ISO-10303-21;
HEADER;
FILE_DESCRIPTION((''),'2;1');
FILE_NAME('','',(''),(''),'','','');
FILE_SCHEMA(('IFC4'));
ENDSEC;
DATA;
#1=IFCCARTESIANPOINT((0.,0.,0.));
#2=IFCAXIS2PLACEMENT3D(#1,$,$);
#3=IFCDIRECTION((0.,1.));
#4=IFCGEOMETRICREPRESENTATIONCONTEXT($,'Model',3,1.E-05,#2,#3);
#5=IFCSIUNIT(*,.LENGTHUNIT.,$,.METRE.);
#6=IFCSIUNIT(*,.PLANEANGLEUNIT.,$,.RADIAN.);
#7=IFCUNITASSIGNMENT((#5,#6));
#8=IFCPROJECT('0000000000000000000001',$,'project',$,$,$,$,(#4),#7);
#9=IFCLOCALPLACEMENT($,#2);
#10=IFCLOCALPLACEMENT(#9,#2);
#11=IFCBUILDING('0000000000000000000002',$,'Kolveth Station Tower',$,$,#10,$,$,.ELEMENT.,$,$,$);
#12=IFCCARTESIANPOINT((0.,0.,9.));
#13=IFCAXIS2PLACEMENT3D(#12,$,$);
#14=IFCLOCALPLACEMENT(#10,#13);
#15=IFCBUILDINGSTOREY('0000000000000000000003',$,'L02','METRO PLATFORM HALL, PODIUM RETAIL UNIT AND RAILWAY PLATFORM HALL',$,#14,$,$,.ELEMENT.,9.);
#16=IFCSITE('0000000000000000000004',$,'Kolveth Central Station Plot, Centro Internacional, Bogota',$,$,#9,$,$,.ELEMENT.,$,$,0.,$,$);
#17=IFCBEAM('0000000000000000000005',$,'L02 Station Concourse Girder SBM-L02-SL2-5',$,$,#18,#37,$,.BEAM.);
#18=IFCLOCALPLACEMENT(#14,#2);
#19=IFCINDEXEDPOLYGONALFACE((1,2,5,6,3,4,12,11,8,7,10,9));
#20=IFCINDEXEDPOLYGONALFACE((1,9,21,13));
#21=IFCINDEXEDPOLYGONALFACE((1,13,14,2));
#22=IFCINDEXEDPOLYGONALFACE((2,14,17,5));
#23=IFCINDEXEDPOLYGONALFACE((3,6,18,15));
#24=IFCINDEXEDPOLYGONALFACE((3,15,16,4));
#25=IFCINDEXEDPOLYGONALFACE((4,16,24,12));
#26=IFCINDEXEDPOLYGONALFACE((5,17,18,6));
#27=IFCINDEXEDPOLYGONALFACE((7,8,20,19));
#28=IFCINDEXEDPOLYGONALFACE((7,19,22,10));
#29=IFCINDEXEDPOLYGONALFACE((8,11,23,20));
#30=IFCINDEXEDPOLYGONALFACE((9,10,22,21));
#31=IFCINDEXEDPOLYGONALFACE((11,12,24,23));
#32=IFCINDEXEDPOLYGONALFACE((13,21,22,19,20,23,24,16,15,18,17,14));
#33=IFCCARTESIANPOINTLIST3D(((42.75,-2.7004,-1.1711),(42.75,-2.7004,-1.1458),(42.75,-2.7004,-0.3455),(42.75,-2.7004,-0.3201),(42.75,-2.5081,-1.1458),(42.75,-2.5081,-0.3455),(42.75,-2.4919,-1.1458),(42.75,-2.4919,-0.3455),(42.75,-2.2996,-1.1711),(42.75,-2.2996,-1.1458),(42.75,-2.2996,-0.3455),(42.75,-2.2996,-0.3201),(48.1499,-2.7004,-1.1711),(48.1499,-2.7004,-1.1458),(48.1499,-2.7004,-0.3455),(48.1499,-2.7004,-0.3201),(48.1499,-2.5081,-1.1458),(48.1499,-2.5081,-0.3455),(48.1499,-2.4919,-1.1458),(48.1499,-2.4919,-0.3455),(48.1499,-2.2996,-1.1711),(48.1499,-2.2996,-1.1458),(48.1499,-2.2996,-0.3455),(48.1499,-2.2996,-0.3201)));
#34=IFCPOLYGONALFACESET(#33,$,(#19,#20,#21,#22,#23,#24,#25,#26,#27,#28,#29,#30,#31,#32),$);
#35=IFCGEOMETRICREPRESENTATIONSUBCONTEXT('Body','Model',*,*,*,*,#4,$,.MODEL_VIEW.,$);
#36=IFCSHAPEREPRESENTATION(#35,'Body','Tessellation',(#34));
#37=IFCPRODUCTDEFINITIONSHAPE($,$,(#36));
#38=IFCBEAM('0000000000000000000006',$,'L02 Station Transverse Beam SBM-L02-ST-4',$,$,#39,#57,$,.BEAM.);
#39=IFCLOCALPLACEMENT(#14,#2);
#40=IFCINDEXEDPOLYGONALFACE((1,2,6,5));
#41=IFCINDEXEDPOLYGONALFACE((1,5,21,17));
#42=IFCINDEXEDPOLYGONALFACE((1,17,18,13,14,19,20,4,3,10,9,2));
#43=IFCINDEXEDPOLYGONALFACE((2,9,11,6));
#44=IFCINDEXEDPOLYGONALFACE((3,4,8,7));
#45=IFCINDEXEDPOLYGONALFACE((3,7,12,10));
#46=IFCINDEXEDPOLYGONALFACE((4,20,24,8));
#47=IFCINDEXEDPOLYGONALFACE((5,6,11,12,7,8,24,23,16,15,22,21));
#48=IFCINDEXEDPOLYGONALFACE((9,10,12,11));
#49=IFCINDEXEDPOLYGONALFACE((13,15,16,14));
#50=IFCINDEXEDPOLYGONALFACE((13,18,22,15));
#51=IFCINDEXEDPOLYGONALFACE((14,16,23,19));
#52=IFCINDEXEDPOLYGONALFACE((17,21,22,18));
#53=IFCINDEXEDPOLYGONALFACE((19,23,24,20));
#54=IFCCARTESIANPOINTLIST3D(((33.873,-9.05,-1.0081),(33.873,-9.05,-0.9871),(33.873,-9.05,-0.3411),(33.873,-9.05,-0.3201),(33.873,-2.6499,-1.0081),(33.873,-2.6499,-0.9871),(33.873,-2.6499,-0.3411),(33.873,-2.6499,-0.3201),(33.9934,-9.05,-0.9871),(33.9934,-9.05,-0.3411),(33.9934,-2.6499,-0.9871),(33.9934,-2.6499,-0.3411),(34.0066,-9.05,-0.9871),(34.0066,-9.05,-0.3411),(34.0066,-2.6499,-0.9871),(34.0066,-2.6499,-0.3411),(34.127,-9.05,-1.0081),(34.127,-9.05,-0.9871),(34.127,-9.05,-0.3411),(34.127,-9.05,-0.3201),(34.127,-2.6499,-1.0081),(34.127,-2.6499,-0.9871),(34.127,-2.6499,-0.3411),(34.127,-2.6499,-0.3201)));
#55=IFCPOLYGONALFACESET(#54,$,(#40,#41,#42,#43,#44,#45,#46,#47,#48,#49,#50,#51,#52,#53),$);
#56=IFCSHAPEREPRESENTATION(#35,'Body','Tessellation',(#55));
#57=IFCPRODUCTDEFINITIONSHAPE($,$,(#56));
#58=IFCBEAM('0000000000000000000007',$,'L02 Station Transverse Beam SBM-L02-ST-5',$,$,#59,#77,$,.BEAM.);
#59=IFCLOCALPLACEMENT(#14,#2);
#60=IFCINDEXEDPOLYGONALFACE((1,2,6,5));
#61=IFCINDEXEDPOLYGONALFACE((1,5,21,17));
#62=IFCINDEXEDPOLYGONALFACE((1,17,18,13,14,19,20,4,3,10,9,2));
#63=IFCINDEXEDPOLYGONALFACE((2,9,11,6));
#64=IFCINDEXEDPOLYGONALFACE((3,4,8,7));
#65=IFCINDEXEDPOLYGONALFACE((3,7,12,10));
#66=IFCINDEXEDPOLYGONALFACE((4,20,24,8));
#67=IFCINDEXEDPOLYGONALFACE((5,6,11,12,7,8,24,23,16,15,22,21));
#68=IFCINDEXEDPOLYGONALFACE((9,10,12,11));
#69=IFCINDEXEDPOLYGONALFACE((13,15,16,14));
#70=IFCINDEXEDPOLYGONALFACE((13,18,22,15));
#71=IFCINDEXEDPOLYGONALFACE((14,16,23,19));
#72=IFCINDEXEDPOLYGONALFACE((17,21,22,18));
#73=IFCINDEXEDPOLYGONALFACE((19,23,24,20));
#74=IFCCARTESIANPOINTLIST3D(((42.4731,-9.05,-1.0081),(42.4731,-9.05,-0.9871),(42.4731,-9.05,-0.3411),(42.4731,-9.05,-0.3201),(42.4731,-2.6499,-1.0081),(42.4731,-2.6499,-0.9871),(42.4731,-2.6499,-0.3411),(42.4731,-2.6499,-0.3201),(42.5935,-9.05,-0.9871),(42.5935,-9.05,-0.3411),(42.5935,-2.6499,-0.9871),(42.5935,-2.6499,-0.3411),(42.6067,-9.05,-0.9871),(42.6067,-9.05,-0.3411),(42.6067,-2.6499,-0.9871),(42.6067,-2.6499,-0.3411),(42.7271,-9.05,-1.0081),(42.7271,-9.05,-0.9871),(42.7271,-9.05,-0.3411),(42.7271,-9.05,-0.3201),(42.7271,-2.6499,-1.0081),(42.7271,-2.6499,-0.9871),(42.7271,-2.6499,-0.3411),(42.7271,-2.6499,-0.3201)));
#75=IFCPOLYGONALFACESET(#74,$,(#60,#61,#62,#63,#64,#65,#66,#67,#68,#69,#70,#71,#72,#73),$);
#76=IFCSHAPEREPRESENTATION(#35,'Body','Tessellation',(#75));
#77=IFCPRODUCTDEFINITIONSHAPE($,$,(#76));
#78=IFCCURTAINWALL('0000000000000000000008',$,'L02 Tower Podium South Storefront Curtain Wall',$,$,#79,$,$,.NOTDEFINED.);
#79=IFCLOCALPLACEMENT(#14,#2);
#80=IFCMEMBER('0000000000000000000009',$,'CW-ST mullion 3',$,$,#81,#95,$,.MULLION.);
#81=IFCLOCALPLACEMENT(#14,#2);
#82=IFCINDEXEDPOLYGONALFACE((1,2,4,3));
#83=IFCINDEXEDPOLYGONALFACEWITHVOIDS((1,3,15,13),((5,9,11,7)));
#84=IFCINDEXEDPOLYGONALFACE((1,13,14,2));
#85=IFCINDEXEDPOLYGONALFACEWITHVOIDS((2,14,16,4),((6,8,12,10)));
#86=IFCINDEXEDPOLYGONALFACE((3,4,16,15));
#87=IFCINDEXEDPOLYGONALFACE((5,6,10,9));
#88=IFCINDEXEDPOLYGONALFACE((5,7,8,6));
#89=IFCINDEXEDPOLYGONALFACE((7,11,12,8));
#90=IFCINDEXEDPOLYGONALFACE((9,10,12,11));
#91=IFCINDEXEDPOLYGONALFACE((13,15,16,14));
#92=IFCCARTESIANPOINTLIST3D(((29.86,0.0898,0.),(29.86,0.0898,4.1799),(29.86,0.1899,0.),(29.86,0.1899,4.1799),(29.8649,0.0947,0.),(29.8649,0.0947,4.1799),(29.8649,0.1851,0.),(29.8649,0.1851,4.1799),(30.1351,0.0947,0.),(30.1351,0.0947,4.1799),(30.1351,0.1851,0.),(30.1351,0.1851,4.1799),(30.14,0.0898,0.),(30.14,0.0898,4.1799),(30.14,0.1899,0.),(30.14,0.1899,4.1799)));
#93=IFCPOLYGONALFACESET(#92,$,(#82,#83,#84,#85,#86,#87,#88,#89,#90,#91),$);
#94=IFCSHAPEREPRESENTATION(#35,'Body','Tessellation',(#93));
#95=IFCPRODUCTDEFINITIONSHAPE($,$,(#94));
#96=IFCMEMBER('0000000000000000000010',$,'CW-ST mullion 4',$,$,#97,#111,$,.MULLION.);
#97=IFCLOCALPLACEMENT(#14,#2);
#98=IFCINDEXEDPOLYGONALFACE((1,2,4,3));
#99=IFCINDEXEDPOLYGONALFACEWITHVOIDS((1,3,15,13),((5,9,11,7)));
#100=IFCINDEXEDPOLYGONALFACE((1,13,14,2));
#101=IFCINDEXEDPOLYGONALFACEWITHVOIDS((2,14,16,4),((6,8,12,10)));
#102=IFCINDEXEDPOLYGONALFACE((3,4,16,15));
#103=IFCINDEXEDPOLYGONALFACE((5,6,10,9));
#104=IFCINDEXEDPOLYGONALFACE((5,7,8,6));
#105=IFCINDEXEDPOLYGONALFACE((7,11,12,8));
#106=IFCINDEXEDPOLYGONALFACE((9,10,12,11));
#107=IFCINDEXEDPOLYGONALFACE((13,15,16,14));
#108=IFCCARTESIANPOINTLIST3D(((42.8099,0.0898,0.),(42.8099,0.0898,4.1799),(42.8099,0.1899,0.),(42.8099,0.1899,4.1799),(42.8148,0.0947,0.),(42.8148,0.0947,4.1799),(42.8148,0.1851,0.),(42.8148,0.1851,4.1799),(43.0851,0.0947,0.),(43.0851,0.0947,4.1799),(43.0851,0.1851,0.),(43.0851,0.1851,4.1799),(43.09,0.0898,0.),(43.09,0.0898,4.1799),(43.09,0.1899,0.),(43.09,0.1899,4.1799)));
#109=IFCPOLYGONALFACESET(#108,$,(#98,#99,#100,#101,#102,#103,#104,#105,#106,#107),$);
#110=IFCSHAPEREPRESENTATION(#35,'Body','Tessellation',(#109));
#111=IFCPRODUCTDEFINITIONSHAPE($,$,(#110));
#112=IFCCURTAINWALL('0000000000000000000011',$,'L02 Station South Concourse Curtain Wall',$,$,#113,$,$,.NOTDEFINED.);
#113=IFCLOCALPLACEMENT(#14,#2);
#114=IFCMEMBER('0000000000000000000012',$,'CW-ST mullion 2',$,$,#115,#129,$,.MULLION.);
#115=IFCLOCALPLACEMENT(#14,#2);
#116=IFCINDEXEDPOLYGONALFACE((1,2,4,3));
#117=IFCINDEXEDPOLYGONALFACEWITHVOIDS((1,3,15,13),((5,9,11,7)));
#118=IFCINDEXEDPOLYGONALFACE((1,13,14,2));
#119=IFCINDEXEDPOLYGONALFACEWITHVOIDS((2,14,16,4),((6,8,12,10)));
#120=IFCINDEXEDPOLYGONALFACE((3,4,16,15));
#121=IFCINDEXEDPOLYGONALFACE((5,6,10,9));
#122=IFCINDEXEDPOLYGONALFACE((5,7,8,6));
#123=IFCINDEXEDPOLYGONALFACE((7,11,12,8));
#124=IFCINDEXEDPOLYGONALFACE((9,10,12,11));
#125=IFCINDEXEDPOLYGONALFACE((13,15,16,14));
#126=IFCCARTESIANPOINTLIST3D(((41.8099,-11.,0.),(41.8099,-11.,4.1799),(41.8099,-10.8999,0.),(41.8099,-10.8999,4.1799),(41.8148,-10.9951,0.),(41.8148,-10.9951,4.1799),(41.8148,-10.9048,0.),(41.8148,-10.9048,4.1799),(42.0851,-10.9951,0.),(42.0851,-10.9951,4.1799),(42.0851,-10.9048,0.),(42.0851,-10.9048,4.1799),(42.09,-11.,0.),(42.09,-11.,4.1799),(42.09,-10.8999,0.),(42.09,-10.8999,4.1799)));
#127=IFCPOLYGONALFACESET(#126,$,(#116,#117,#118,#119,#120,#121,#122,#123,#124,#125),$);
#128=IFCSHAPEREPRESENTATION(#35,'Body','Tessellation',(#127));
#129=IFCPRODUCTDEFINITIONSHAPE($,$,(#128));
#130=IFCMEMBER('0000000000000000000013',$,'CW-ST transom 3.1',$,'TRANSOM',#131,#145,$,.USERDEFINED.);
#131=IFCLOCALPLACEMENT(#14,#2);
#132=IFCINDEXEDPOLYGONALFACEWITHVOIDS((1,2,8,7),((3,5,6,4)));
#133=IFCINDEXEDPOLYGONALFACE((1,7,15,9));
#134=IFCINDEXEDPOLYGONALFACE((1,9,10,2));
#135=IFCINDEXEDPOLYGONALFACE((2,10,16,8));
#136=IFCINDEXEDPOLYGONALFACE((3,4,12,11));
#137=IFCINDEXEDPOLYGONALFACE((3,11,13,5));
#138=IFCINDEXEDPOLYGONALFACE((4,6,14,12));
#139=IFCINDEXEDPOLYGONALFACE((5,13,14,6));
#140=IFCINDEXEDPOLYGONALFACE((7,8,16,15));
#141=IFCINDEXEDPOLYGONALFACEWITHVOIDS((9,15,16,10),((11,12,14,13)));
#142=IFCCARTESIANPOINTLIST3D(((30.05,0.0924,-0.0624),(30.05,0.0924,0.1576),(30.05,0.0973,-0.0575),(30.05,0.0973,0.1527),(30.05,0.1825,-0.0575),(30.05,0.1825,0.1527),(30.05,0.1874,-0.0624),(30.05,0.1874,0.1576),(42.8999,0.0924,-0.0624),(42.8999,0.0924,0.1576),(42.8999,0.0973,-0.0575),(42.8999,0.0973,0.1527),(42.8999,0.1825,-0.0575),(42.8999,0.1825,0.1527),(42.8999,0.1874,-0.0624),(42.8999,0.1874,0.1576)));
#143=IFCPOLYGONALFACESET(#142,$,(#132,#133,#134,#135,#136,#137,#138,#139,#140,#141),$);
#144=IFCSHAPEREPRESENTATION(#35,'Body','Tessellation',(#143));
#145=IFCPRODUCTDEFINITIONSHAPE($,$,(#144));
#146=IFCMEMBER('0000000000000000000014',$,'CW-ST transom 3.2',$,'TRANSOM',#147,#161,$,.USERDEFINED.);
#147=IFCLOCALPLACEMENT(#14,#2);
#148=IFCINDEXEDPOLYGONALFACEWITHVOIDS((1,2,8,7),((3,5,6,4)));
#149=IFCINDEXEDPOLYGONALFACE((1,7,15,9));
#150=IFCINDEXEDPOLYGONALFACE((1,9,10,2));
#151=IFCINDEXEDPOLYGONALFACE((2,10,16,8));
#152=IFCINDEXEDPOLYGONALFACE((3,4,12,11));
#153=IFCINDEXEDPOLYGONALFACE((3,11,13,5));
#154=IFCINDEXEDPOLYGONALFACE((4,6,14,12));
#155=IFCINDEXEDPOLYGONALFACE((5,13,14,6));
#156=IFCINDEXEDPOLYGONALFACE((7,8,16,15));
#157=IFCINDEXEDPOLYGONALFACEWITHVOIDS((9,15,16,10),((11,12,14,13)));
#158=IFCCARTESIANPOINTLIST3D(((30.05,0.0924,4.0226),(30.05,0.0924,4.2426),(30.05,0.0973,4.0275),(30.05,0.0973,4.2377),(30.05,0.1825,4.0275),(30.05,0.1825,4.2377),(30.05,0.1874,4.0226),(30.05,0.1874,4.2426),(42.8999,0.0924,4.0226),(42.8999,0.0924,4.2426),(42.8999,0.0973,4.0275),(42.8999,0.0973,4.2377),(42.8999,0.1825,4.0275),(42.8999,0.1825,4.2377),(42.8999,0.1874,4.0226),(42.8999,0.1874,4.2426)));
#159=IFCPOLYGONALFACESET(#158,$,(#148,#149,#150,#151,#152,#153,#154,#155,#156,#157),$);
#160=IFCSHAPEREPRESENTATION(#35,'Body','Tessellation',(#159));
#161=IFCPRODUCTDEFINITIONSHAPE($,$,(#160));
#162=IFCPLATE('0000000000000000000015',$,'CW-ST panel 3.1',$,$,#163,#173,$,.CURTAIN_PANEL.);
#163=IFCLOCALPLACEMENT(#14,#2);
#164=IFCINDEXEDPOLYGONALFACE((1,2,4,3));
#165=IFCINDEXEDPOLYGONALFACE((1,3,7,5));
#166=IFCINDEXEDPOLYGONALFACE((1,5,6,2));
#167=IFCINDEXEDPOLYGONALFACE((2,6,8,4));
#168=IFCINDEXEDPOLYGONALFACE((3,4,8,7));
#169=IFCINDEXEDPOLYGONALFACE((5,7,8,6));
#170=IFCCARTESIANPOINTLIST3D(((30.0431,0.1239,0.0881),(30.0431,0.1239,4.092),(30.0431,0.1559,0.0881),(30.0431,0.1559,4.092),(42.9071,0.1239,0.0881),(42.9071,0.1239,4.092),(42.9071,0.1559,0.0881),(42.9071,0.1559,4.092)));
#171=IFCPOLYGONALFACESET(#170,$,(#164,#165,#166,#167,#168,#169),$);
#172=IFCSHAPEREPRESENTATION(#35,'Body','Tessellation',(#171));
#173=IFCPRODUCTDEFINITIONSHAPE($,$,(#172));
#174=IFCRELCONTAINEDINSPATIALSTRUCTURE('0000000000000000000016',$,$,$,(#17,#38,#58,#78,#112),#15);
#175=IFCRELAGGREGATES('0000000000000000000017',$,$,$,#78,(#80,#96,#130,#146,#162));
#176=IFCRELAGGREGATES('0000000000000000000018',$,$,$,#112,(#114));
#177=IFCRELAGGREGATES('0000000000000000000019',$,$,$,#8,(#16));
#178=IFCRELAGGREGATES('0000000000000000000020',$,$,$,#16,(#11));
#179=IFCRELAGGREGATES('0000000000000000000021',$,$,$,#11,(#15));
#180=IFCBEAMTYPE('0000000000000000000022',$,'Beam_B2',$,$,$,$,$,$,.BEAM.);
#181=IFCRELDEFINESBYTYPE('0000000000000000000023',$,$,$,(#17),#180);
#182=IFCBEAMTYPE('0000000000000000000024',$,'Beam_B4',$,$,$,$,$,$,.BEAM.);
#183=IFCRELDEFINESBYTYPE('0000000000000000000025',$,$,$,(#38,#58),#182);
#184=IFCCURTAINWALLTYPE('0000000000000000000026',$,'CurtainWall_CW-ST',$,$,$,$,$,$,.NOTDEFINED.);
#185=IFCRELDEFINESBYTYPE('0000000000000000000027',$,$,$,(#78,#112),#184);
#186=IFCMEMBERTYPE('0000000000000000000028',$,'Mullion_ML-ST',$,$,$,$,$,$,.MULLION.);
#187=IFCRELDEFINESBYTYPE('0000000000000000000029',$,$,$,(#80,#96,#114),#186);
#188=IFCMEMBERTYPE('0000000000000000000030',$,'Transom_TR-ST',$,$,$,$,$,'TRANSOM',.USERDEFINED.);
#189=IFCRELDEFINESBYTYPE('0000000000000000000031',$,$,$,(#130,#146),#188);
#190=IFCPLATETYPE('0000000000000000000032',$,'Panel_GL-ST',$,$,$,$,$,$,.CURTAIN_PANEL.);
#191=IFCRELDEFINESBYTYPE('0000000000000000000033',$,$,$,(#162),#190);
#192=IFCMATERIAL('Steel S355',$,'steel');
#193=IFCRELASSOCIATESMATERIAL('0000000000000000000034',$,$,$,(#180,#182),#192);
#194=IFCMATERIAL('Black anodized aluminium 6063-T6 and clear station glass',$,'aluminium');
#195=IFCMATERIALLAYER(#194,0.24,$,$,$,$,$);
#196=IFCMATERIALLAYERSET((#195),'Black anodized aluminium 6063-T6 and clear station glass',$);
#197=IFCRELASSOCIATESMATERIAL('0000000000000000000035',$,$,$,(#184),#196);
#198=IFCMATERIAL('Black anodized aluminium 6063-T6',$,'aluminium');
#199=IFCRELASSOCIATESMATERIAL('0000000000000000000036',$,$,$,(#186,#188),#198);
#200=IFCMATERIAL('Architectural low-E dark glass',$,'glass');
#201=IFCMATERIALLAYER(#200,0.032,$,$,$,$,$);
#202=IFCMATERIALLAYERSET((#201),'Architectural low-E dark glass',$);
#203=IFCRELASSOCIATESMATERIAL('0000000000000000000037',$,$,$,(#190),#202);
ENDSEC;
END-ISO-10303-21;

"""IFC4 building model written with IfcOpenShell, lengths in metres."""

from ifc_helpers import new_model, si_unit, direction, frame, origin, origin_2d, place, context, subcontext, project, spatial, rectangle, hollow_rectangle, i_section, extrude, source, transform, mapped, material, layer, layer_set, material_profile, profile_set, type_object, element, aggregate, save


model = new_model("IFC4")

# Units and contexts
model_context = context("Model", 3, precision=1e-05, world=origin(), true_north=direction((0.0, 1.0)))
body_context = subcontext(model_context, "Body", "Model", "MODEL_VIEW")
ifc_project = project(units=[si_unit("LENGTHUNIT", "METRE"), si_unit("PLANEANGLEUNIT", "RADIAN")], contexts=[model_context])

# Site, building, storey
site_placement = place(None, origin())
site = spatial("IfcSite", under=ifc_project, at=site_placement, Name="Kolveth Central Station Plot, Centro Internacional, Bogota", CompositionType="ELEMENT", RefElevation=0.0)
building_placement = place(site_placement, origin())
building = spatial("IfcBuilding", under=site, at=building_placement, Name="Kolveth Station Tower", CompositionType="ELEMENT")
storey_placement = place(building_placement, frame((0.0, 0.0, 9.0)))
storey = spatial("IfcBuildingStorey", under=building, at=storey_placement, Name="L02", Description="METRO PLATFORM HALL, PODIUM RETAIL UNIT AND RAILWAY PLATFORM HALL", CompositionType="ELEMENT", Elevation=9.0)

# Shared definitions
ifc_material_1 = material(Name="Steel S355", Category="steel")

# Beams
ifc_material_profile_1 = material_profile(ifc_material_1, i_section(OverallWidth=0.4009, OverallDepth=0.8511, WebThickness=0.0161, FlangeThickness=0.0254, at=origin_2d()), Name="W840x226")
ifc_profile_set_1 = profile_set([ifc_material_profile_1], Name="Steel S355")
beam_type_1 = type_object("IfcBeamType", Name="Beam_B2", PredefinedType="BEAM", material=ifc_profile_set_1)
shared_shape_1 = source(origin(), body_context, "Body", "SweptSolid", [
    extrude(i_section(OverallWidth=0.4009, OverallDepth=0.8511, WebThickness=0.0161, FlangeThickness=0.0254, at=origin_2d()), origin(), (0.0, 0.0, 1.0), 5.3999),
])
for number, where, z_axis, x_axis, name in (
    (1, (42.75, -2.5, -0.7456), (1.0, 0.0, 0.0), (0.0, 1.0, 0.0), "L02 Station Concourse Girder SBM-L02-SL2-5"),
):
    element("IfcBeam", number, at=place(storey_placement, frame(where, z_axis=z_axis, x_axis=x_axis)), inside=storey, type_object=beam_type_1, Name=name, PredefinedType="BEAM", context=body_context, shape_type="MappedRepresentation", body=[
        mapped(shared_shape_1, transform((0.0, 0.0, 0.0), x_axis=(1.0, 0.0, 0.0), y_axis=(0.0, 1.0, 0.0), z_axis=(0.0, 0.0, 1.0), scale=1.0)),
    ])
ifc_material_profile_2 = material_profile(ifc_material_1, i_section(OverallWidth=0.2539, OverallDepth=0.688, WebThickness=0.0132, FlangeThickness=0.021, at=origin_2d()), Name="W690x152")
ifc_profile_set_2 = profile_set([ifc_material_profile_2], Name="Steel S355")
beam_type_2 = type_object("IfcBeamType", Name="Beam_B4", PredefinedType="BEAM", material=ifc_profile_set_2)
shared_shape_2 = source(origin(), body_context, "Body", "SweptSolid", [
    extrude(i_section(OverallWidth=0.2539, OverallDepth=0.688, WebThickness=0.0132, FlangeThickness=0.021, at=origin_2d()), origin(), (0.0, 0.0, 1.0), 6.4001),
])
for number, where, z_axis, x_axis, name in (
    (2, (34.0, -9.05, -0.6641), (0.0, 1.0, 0.0), (-1.0, 0.0, 0.0), "L02 Station Transverse Beam SBM-L02-ST-4"),
    (3, (42.6001, -9.05, -0.6641), (0.0, 1.0, 0.0), (-1.0, 0.0, 0.0), "L02 Station Transverse Beam SBM-L02-ST-5"),
):
    element("IfcBeam", number, at=place(storey_placement, frame(where, z_axis=z_axis, x_axis=x_axis)), inside=storey, type_object=beam_type_2, Name=name, PredefinedType="BEAM", context=body_context, shape_type="MappedRepresentation", body=[
        mapped(shared_shape_2, transform((0.0, 0.0, 0.0), x_axis=(1.0, 0.0, 0.0), y_axis=(0.0, 1.0, 0.0), z_axis=(0.0, 0.0, 1.0), scale=1.0)),
    ])

# Curtain wall, members
ifc_material_2 = material(Name="Black anodized aluminium 6063-T6 and clear station glass", Category="aluminium")
ifc_layer_1 = layer(ifc_material_2, 0.24)
ifc_layer_set_1 = layer_set([ifc_layer_1], Name="Black anodized aluminium 6063-T6 and clear station glass")
curtain_wall_type = type_object("IfcCurtainWallType", Name="CurtainWall_CW-ST", PredefinedType="NOTDEFINED", material=ifc_layer_set_1)
curtain_wall_1_placement = place(storey_placement, origin())
curtain_wall_1 = element("IfcCurtainWall", 4, at=curtain_wall_1_placement, inside=storey, type_object=curtain_wall_type, Name="L02 Tower Podium South Storefront Curtain Wall", PredefinedType="NOTDEFINED")
ifc_material_3 = material(Name="Black anodized aluminium 6063-T6", Category="aluminium")
ifc_material_profile_3 = material_profile(ifc_material_3, hollow_rectangle(XDim=0.1001, YDim=0.28, WallThickness=0.0049, at=origin_2d()), Name="ALU-100x280x5")
ifc_profile_set_3 = profile_set([ifc_material_profile_3], Name="Black anodized aluminium 6063-T6")
member_type_1 = type_object("IfcMemberType", Name="Mullion_ML-ST", PredefinedType="MULLION", material=ifc_profile_set_3)
shared_shape_3 = source(origin(), body_context, "Body", "SweptSolid", [
    extrude(hollow_rectangle(XDim=0.1001, YDim=0.28, WallThickness=0.0049, at=origin_2d()), origin(), (0.0, 0.0, 1.0), 4.1799),
])
member_1_placement = place(storey_placement, frame((30.0, 0.1399, 0.0), z_axis=(0.0, 0.0, 1.0), x_axis=(0.0, 1.0, 0.0)))
member_1 = element("IfcMember", 5, at=member_1_placement, type_object=member_type_1, Name="CW-ST mullion 3", PredefinedType="MULLION", context=body_context, shape_type="MappedRepresentation", body=[
    mapped(shared_shape_3, transform((0.0, 0.0, 0.0), x_axis=(1.0, 0.0, 0.0), y_axis=(0.0, 1.0, 0.0), z_axis=(0.0, 0.0, 1.0), scale=1.0)),
])
member_2_placement = place(storey_placement, frame((42.95, 0.1399, 0.0), z_axis=(0.0, 0.0, 1.0), x_axis=(0.0, 1.0, 0.0)))
member_2 = element("IfcMember", 6, at=member_2_placement, type_object=member_type_1, Name="CW-ST mullion 4", PredefinedType="MULLION", context=body_context, shape_type="MappedRepresentation", body=[
    mapped(shared_shape_3, transform((0.0, 0.0, 0.0), x_axis=(1.0, 0.0, 0.0), y_axis=(0.0, 1.0, 0.0), z_axis=(0.0, 0.0, 1.0), scale=1.0)),
])

# Curtain wall, member
curtain_wall_2_placement = place(storey_placement, origin())
curtain_wall_2 = element("IfcCurtainWall", 7, at=curtain_wall_2_placement, inside=storey, type_object=curtain_wall_type, Name="L02 Station South Concourse Curtain Wall", PredefinedType="NOTDEFINED")
member_3_placement = place(storey_placement, frame((41.95, -10.95, 0.0), z_axis=(0.0, 0.0, 1.0), x_axis=(0.0, 1.0, 0.0)))
member_3 = element("IfcMember", 8, at=member_3_placement, type_object=member_type_1, Name="CW-ST mullion 2", PredefinedType="MULLION", context=body_context, shape_type="MappedRepresentation", body=[
    mapped(shared_shape_3, transform((0.0, 0.0, 0.0), x_axis=(1.0, 0.0, 0.0), y_axis=(0.0, 1.0, 0.0), z_axis=(0.0, 0.0, 1.0), scale=1.0)),
])

# Members
ifc_material_profile_4 = material_profile(ifc_material_3, hollow_rectangle(XDim=0.095, YDim=0.22, WallThickness=0.0049, at=origin_2d()), Name="ALU-95x220x5")
ifc_profile_set_4 = profile_set([ifc_material_profile_4], Name="Black anodized aluminium 6063-T6")
member_type_2 = type_object("IfcMemberType", Name="Transom_TR-ST", ElementType="TRANSOM", PredefinedType="USERDEFINED", material=ifc_profile_set_4)
shared_shape_4 = source(origin(), body_context, "Body", "SweptSolid", [
    extrude(hollow_rectangle(XDim=0.095, YDim=0.22, WallThickness=0.0049, at=origin_2d()), origin(), (0.0, 0.0, 1.0), 12.8499),
])
member_4_placement = place(storey_placement, frame((30.05, 0.1399, 0.0476), z_axis=(1.0, 0.0, 0.0), x_axis=(0.0, 1.0, 0.0)))
member_4 = element("IfcMember", 9, at=member_4_placement, type_object=member_type_2, Name="CW-ST transom 3.1", ObjectType="TRANSOM", PredefinedType="USERDEFINED", context=body_context, shape_type="MappedRepresentation", body=[
    mapped(shared_shape_4, transform((0.0, 0.0, 0.0), x_axis=(1.0, 0.0, 0.0), y_axis=(0.0, 1.0, 0.0), z_axis=(0.0, 0.0, 1.0), scale=1.0)),
])
member_5_placement = place(storey_placement, frame((30.05, 0.1399, 4.1326), z_axis=(1.0, 0.0, 0.0), x_axis=(0.0, 1.0, 0.0)))
member_5 = element("IfcMember", 10, at=member_5_placement, type_object=member_type_2, Name="CW-ST transom 3.2", ObjectType="TRANSOM", PredefinedType="USERDEFINED", context=body_context, shape_type="MappedRepresentation", body=[
    mapped(shared_shape_4, transform((0.0, 0.0, 0.0), x_axis=(1.0, 0.0, 0.0), y_axis=(0.0, 1.0, 0.0), z_axis=(0.0, 0.0, 1.0), scale=1.0)),
])

# Plate
ifc_material_4 = material(Name="Architectural low-E dark glass", Category="glass")
ifc_layer_2 = layer(ifc_material_4, 0.032)
ifc_layer_set_2 = layer_set([ifc_layer_2], Name="Architectural low-E dark glass")
plate_type = type_object("IfcPlateType", Name="Panel_GL-ST", PredefinedType="CURTAIN_PANEL", material=ifc_layer_set_2)
shared_shape_5 = source(origin(), body_context, "Body", "SweptSolid", [
    extrude(rectangle(XDim=12.864, YDim=0.032, at=origin_2d()), origin(), (0.0, 0.0, 1.0), 4.0039),
])
plate_1_placement = place(storey_placement, frame((36.4751, 0.1399, 0.0881), z_axis=(0.0, 0.0, 1.0), x_axis=(1.0, 0.0, 0.0)))
plate_1 = element("IfcPlate", 11, at=plate_1_placement, type_object=plate_type, Name="CW-ST panel 3.1", PredefinedType="CURTAIN_PANEL", context=body_context, shape_type="MappedRepresentation", body=[
    mapped(shared_shape_5, transform((0.0, 0.0, 0.0), x_axis=(1.0, 0.0, 0.0), y_axis=(0.0, 1.0, 0.0), z_axis=(0.0, 0.0, 1.0), scale=1.0)),
])
aggregate(curtain_wall_1, [member_1, member_2, member_4, member_5, plate_1])
aggregate(curtain_wall_2, [member_3])

save(model, "model.ifc")
